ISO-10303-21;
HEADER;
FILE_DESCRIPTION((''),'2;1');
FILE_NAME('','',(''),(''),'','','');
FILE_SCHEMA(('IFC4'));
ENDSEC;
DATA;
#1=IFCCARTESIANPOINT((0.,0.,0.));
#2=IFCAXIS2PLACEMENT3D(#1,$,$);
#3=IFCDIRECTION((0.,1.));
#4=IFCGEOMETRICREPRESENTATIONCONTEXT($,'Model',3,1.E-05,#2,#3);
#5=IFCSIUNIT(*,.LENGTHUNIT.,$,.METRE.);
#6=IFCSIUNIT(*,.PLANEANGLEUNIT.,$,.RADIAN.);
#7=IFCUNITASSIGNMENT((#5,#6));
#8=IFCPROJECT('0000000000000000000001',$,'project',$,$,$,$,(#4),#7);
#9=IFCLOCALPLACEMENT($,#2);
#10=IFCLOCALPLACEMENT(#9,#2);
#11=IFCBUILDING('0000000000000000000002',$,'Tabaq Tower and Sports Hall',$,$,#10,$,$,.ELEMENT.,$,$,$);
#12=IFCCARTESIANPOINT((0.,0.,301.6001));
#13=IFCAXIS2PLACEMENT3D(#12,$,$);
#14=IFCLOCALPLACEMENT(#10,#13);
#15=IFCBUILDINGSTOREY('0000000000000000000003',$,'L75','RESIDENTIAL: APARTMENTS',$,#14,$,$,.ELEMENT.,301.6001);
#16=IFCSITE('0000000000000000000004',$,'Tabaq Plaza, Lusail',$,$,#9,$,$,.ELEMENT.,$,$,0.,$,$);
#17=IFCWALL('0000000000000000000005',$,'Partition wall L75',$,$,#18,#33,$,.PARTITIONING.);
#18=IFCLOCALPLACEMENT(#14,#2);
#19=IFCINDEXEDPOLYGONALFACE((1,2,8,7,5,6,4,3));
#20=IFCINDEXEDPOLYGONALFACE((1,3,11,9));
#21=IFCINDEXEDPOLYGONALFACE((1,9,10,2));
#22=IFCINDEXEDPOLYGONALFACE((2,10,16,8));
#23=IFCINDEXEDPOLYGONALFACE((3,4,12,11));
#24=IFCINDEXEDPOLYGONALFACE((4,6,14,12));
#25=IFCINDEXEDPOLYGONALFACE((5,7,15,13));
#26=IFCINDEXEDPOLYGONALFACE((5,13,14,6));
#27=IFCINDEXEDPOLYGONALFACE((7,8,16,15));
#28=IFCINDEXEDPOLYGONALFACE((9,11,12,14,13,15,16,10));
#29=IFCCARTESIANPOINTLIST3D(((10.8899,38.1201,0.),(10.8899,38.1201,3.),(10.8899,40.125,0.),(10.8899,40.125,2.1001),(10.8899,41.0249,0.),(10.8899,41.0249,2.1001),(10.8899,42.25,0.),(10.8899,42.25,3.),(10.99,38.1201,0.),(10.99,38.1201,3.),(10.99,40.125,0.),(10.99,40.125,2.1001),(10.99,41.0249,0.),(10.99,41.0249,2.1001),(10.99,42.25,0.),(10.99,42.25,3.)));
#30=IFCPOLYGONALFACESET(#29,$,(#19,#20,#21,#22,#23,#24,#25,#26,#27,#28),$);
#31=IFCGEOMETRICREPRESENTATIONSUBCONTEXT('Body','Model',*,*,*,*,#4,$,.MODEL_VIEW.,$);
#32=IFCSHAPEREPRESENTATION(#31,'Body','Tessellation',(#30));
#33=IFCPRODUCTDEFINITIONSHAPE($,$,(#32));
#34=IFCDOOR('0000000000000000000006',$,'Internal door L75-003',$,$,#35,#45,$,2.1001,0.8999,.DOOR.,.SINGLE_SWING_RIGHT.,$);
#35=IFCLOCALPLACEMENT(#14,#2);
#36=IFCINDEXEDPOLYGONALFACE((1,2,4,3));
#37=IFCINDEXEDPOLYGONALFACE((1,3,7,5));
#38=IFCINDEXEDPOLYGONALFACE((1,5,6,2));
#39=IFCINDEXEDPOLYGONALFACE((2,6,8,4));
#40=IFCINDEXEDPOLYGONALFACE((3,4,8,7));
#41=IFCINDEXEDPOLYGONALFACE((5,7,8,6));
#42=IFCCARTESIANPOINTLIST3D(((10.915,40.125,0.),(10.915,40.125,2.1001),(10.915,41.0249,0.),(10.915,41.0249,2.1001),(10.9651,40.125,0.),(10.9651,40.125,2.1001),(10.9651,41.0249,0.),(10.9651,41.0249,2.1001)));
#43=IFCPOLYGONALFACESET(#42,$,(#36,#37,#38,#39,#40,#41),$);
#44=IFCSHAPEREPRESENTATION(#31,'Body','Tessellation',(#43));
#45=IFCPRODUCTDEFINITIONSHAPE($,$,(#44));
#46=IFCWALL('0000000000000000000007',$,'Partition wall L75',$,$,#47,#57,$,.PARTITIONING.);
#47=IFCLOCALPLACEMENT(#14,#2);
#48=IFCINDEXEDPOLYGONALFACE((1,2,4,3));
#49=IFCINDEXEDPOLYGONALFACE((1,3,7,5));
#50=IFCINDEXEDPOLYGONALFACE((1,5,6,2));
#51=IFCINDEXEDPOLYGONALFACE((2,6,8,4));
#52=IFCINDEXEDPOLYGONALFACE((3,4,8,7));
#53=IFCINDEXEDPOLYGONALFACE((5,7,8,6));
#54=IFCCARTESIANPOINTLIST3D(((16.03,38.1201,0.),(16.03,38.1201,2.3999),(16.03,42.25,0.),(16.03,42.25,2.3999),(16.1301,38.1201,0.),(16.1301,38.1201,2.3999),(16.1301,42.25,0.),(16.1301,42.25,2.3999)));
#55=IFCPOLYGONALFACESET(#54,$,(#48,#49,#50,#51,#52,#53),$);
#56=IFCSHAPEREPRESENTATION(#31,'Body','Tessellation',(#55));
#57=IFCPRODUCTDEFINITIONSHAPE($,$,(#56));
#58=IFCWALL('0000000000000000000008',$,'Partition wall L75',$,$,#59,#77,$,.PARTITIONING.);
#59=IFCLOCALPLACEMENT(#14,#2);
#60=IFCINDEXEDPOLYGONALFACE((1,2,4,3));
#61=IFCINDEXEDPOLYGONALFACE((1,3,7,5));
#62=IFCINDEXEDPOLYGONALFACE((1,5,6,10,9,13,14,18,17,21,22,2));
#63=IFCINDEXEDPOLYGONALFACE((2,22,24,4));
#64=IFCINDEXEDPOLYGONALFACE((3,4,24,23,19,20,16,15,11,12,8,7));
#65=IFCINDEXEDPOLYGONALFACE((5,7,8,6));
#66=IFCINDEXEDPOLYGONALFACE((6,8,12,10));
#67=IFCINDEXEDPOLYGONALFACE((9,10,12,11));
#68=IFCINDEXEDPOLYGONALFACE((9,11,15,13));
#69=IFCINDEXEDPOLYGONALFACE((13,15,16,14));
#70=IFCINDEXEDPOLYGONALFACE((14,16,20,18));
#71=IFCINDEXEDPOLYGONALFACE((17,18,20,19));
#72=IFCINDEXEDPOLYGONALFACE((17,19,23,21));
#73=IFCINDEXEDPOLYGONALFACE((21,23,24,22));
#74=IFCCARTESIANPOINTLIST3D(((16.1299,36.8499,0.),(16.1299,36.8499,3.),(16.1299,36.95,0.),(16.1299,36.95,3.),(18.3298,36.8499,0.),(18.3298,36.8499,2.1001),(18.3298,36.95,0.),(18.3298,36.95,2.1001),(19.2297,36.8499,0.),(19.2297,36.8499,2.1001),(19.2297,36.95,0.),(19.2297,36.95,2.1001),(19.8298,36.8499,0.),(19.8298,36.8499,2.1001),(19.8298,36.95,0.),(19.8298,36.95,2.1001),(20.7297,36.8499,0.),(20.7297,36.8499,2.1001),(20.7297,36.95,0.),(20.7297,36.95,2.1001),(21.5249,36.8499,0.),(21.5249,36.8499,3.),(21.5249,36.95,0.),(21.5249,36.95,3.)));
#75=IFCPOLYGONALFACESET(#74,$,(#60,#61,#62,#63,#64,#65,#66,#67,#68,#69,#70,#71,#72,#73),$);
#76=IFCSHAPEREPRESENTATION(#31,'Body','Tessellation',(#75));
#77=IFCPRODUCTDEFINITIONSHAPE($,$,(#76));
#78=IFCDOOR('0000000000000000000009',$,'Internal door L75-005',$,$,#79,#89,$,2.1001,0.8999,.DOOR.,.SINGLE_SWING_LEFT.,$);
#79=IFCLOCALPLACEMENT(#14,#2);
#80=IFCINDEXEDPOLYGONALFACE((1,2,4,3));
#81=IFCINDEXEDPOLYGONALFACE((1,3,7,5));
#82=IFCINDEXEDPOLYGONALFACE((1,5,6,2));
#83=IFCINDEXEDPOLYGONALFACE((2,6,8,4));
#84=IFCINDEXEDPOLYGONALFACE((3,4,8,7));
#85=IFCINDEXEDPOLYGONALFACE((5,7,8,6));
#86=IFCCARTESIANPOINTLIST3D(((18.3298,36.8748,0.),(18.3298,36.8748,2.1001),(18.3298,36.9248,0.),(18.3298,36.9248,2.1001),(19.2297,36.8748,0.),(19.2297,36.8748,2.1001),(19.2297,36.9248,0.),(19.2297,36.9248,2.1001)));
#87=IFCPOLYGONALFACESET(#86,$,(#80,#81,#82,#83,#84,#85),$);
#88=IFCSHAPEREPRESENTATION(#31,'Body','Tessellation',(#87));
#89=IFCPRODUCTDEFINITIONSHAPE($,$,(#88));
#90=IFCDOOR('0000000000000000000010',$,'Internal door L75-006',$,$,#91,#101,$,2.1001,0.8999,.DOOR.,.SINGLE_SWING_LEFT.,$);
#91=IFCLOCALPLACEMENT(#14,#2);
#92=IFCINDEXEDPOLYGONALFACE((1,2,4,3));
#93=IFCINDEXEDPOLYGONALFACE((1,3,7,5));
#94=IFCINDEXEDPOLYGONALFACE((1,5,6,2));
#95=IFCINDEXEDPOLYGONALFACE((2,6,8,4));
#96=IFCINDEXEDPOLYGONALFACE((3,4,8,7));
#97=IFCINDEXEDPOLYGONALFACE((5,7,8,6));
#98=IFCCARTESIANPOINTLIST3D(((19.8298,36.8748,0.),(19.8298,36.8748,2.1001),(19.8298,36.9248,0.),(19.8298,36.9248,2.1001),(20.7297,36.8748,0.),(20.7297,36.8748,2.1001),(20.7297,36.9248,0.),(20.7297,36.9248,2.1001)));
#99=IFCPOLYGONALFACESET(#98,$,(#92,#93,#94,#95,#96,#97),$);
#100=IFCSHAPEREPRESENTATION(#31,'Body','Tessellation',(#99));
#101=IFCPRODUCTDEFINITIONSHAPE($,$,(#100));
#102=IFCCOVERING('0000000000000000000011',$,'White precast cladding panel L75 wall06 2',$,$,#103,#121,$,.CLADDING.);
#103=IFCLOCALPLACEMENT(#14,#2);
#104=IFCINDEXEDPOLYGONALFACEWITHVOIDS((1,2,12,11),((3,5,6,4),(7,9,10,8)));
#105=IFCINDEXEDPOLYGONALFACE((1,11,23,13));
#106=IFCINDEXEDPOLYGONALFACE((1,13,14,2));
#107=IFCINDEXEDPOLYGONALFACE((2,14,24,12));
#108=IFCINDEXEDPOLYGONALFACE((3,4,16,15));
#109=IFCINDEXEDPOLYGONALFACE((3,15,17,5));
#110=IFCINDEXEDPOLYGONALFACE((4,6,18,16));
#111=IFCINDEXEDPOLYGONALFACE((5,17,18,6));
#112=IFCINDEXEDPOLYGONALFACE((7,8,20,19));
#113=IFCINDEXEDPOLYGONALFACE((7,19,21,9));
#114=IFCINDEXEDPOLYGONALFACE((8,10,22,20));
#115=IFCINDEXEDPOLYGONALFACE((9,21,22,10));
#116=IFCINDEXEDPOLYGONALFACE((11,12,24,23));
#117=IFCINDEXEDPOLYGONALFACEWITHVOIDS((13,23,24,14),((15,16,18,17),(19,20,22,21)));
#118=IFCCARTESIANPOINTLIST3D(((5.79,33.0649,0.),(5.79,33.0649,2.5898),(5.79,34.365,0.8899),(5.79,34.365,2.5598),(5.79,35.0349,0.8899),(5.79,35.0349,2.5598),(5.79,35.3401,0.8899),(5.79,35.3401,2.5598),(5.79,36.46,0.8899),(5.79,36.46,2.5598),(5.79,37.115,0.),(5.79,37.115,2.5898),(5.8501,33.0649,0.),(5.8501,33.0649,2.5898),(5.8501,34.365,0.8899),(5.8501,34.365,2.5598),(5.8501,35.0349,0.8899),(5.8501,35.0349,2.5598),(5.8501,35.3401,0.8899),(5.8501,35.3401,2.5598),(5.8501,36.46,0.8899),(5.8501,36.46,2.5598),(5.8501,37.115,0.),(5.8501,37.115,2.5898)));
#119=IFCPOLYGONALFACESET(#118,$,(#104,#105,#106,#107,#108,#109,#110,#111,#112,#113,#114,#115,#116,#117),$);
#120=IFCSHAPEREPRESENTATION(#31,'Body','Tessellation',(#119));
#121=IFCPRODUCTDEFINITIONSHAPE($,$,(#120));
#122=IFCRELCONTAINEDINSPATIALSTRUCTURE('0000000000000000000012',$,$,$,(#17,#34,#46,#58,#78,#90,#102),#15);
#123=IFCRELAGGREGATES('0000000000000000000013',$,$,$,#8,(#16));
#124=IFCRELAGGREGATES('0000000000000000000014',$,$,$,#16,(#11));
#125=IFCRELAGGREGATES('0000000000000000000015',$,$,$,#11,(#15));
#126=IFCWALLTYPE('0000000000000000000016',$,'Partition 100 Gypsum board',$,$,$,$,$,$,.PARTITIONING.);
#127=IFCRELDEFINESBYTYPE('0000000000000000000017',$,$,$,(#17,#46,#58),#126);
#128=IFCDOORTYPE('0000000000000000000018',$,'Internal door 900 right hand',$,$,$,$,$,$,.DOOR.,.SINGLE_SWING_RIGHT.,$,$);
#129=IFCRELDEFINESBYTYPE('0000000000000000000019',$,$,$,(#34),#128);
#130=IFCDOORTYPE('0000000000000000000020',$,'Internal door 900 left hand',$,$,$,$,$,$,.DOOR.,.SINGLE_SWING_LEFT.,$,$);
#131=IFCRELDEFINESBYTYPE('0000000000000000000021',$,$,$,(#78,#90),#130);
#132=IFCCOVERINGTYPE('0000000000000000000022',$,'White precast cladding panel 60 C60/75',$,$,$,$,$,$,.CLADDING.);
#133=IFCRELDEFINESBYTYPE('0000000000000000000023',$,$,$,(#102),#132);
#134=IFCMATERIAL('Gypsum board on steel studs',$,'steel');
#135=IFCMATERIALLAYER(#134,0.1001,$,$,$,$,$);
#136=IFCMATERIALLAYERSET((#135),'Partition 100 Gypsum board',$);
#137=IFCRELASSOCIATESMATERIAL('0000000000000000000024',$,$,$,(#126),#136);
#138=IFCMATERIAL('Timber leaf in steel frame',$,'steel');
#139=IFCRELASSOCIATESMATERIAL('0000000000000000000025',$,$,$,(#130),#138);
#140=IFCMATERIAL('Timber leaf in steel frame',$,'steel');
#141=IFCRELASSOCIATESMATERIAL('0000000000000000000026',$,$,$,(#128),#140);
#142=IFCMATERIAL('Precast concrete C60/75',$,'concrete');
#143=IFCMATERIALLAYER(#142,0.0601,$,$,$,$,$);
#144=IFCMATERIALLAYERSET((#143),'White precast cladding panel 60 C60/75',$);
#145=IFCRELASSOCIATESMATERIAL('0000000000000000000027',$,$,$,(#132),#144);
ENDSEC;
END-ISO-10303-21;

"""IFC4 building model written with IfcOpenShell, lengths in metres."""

from ifc_helpers import new_model, si_unit, direction, frame, frame_2d, origin, place, context, subcontext, project, spatial, polyline, rectangle, outline, extrude, material, layer, layer_set, type_object, element, fill, save


model = new_model("IFC4")

# Units and contexts
model_context = context("Model", 3, precision=1e-05, world=origin(), true_north=direction((0.0, 1.0)))
body_context = subcontext(model_context, "Body", "Model", "MODEL_VIEW")
ifc_project = project(units=[si_unit("LENGTHUNIT", "METRE"), si_unit("PLANEANGLEUNIT", "RADIAN")], contexts=[model_context])

# Site, building, storey
site_placement = place(None, origin())
site = spatial("IfcSite", under=ifc_project, at=site_placement, Name="Tabaq Plaza, Lusail", CompositionType="ELEMENT", RefElevation=0.0)
building_placement = place(site_placement, origin())
building = spatial("IfcBuilding", under=site, at=building_placement, Name="Tabaq Tower and Sports Hall", CompositionType="ELEMENT")
storey_placement = place(building_placement, frame((0.0, 0.0, 301.6001)))
storey = spatial("IfcBuildingStorey", under=building, at=storey_placement, Name="L75", Description="RESIDENTIAL: APARTMENTS", CompositionType="ELEMENT", Elevation=301.6001)

# Shared definitions
ifc_material_1 = material(Name="Gypsum board on steel studs", Category="steel")
ifc_layer_1 = layer(ifc_material_1, 0.1001)
ifc_layer_set_1 = layer_set([ifc_layer_1], Name="Partition 100 Gypsum board")
wall_type = type_object("IfcWallType", Name="Partition 100 Gypsum board", PredefinedType="PARTITIONING", material=ifc_layer_set_1)
ifc_material_2 = material(Name="Timber leaf in steel frame", Category="steel")
door_type_1 = type_object("IfcDoorType", Name="Internal door 900 left hand", OperationType="SINGLE_SWING_LEFT", PredefinedType="DOOR", material=ifc_material_2)
ifc_material_3 = material(Name="Timber leaf in steel frame", Category="steel")
door_type_2 = type_object("IfcDoorType", Name="Internal door 900 right hand", OperationType="SINGLE_SWING_RIGHT", PredefinedType="DOOR", material=ifc_material_3)

# Wall, opening, door
wall_1_placement = place(storey_placement, frame((10.9399, 38.1201, 0.0), z_axis=(0.0, 0.0, 1.0), x_axis=(0.0, 1.0, 0.0)))
wall_1 = element("IfcWall", 1, at=wall_1_placement, inside=storey, type_object=wall_type, Name="Partition wall L75", PredefinedType="PARTITIONING", context=body_context, shape_type="SweptSolid", body=[
    extrude(rectangle(XDim=4.1299, YDim=0.1001, at=frame_2d((2.0649, 0.0))), origin(), (0.0, 0.0, 1.0), 3.0),
])
opening_1_placement = place(wall_1_placement, frame((2.0049, 0.0, 0.0)))
opening_1 = element("IfcOpeningElement", 2, at=opening_1_placement, cuts=wall_1, PredefinedType="OPENING", context=body_context, shape_type="SweptSolid", body=[
    extrude(rectangle(XDim=0.8999, YDim=2.1001, at=frame_2d((0.45, 1.05))), frame((0.0, 0.05, 0.0), z_axis=(0.0, -1.0, 0.0), x_axis=(1.0, 0.0, 0.0)), (0.0, 0.0, 1.0), 0.1001),
])
door_1_placement = place(opening_1_placement, origin())
door_1 = element("IfcDoor", 3, at=door_1_placement, inside=storey, type_object=door_type_2, Name="Internal door L75-003", OperationType="SINGLE_SWING_RIGHT", OverallHeight=2.1001, OverallWidth=0.8999, PredefinedType="DOOR", context=body_context, shape_type="SweptSolid", body=[
    extrude(rectangle(XDim=0.8999, YDim=2.1001, at=frame_2d((0.45, 1.05))), frame((0.0, 0.0249, 0.0), z_axis=(0.0, -1.0, 0.0), x_axis=(1.0, 0.0, 0.0)), (0.0, 0.0, 1.0), 0.05),
])
fill(opening_1, door_1)

# Wall
wall_2_placement = place(storey_placement, frame((16.0801, 38.1201, 0.0), z_axis=(0.0, 0.0, 1.0), x_axis=(0.0, 1.0, 0.0)))
element("IfcWall", 4, at=wall_2_placement, inside=storey, type_object=wall_type, Name="Partition wall L75", PredefinedType="PARTITIONING", context=body_context, shape_type="SweptSolid", body=[
    extrude(rectangle(XDim=4.1299, YDim=0.1001, at=frame_2d((2.0649, 0.0))), origin(), (0.0, 0.0, 1.0), 2.3999),
])

# Wall, openings, doors
wall_3_placement = place(storey_placement, frame((16.1299, 36.8999, 0.0), z_axis=(0.0, 0.0, 1.0), x_axis=(1.0, 0.0, 0.0)))
wall_3 = element("IfcWall", 5, at=wall_3_placement, inside=storey, type_object=wall_type, Name="Partition wall L75", PredefinedType="PARTITIONING", context=body_context, shape_type="SweptSolid", body=[
    extrude(rectangle(XDim=5.395, YDim=0.1001, at=frame_2d((2.6975, 0.0))), origin(), (0.0, 0.0, 1.0), 3.0),
])
opening_2_placement = place(wall_3_placement, frame((2.2, 0.0, 0.0)))
opening_2 = element("IfcOpeningElement", 6, at=opening_2_placement, cuts=wall_3, PredefinedType="OPENING", context=body_context, shape_type="SweptSolid", body=[
    extrude(rectangle(XDim=0.8999, YDim=2.1001, at=frame_2d((0.45, 1.05))), frame((0.0, 0.05, 0.0), z_axis=(0.0, -1.0, 0.0), x_axis=(1.0, 0.0, 0.0)), (0.0, 0.0, 1.0), 0.1001),
])
opening_3_placement = place(wall_3_placement, frame((3.7, 0.0, 0.0)))
opening_3 = element("IfcOpeningElement", 7, at=opening_3_placement, cuts=wall_3, PredefinedType="OPENING", context=body_context, shape_type="SweptSolid", body=[
    extrude(rectangle(XDim=0.8999, YDim=2.1001, at=frame_2d((0.45, 1.05))), frame((0.0, 0.05, 0.0), z_axis=(0.0, -1.0, 0.0), x_axis=(1.0, 0.0, 0.0)), (0.0, 0.0, 1.0), 0.1001),
])
door_2_placement = place(opening_2_placement, origin())
door_2 = element("IfcDoor", 8, at=door_2_placement, inside=storey, type_object=door_type_1, Name="Internal door L75-005", OperationType="SINGLE_SWING_LEFT", OverallHeight=2.1001, OverallWidth=0.8999, PredefinedType="DOOR", context=body_context, shape_type="SweptSolid", body=[
    extrude(rectangle(XDim=0.8999, YDim=2.1001, at=frame_2d((0.45, 1.05))), frame((0.0, 0.0249, 0.0), z_axis=(0.0, -1.0, 0.0), x_axis=(1.0, 0.0, 0.0)), (0.0, 0.0, 1.0), 0.05),
])
fill(opening_2, door_2)
door_3_placement = place(opening_3_placement, origin())
door_3 = element("IfcDoor", 9, at=door_3_placement, inside=storey, type_object=door_type_1, Name="Internal door L75-006", OperationType="SINGLE_SWING_LEFT", OverallHeight=2.1001, OverallWidth=0.8999, PredefinedType="DOOR", context=body_context, shape_type="SweptSolid", body=[
    extrude(rectangle(XDim=0.8999, YDim=2.1001, at=frame_2d((0.45, 1.05))), frame((0.0, 0.0249, 0.0), z_axis=(0.0, -1.0, 0.0), x_axis=(1.0, 0.0, 0.0)), (0.0, 0.0, 1.0), 0.05),
])
fill(opening_3, door_3)

# Covering
ifc_material_4 = material(Name="Precast concrete C60/75", Category="concrete")
ifc_layer_2 = layer(ifc_material_4, 0.0601)
ifc_layer_set_2 = layer_set([ifc_layer_2], Name="White precast cladding panel 60 C60/75")
covering_type = type_object("IfcCoveringType", Name="White precast cladding panel 60 C60/75", PredefinedType="CLADDING", material=ifc_layer_set_2)
covering_placement = place(storey_placement, frame((5.8201, 37.115, 0.0), z_axis=(0.0, 0.0, 1.0), x_axis=(0.0, -1.0, 0.0)))
element("IfcCovering", 10, at=covering_placement, inside=storey, type_object=covering_type, Name="White precast cladding panel L75 wall06 2", PredefinedType="CLADDING", context=body_context, shape_type="SweptSolid", body=[
    extrude(outline(polyline([(0.0, 0.0), (4.05, 0.0), (4.05, 2.5898), (0.0, 2.5898), (0.0, 0.0)]), holes=[polyline([(0.655, 0.8899), (0.655, 2.5598), (1.7749, 2.5598), (1.7749, 0.8899), (0.655, 0.8899)]), polyline([(2.0801, 0.8899), (2.0801, 2.5598), (2.75, 2.5598), (2.75, 0.8899), (2.0801, 0.8899)])]), frame((0.0, 0.03, 0.0), z_axis=(0.0, -1.0, 0.0), x_axis=(1.0, 0.0, 0.0)), (0.0, 0.0, 1.0), 0.0601),
])

save(model, "model.ifc")
